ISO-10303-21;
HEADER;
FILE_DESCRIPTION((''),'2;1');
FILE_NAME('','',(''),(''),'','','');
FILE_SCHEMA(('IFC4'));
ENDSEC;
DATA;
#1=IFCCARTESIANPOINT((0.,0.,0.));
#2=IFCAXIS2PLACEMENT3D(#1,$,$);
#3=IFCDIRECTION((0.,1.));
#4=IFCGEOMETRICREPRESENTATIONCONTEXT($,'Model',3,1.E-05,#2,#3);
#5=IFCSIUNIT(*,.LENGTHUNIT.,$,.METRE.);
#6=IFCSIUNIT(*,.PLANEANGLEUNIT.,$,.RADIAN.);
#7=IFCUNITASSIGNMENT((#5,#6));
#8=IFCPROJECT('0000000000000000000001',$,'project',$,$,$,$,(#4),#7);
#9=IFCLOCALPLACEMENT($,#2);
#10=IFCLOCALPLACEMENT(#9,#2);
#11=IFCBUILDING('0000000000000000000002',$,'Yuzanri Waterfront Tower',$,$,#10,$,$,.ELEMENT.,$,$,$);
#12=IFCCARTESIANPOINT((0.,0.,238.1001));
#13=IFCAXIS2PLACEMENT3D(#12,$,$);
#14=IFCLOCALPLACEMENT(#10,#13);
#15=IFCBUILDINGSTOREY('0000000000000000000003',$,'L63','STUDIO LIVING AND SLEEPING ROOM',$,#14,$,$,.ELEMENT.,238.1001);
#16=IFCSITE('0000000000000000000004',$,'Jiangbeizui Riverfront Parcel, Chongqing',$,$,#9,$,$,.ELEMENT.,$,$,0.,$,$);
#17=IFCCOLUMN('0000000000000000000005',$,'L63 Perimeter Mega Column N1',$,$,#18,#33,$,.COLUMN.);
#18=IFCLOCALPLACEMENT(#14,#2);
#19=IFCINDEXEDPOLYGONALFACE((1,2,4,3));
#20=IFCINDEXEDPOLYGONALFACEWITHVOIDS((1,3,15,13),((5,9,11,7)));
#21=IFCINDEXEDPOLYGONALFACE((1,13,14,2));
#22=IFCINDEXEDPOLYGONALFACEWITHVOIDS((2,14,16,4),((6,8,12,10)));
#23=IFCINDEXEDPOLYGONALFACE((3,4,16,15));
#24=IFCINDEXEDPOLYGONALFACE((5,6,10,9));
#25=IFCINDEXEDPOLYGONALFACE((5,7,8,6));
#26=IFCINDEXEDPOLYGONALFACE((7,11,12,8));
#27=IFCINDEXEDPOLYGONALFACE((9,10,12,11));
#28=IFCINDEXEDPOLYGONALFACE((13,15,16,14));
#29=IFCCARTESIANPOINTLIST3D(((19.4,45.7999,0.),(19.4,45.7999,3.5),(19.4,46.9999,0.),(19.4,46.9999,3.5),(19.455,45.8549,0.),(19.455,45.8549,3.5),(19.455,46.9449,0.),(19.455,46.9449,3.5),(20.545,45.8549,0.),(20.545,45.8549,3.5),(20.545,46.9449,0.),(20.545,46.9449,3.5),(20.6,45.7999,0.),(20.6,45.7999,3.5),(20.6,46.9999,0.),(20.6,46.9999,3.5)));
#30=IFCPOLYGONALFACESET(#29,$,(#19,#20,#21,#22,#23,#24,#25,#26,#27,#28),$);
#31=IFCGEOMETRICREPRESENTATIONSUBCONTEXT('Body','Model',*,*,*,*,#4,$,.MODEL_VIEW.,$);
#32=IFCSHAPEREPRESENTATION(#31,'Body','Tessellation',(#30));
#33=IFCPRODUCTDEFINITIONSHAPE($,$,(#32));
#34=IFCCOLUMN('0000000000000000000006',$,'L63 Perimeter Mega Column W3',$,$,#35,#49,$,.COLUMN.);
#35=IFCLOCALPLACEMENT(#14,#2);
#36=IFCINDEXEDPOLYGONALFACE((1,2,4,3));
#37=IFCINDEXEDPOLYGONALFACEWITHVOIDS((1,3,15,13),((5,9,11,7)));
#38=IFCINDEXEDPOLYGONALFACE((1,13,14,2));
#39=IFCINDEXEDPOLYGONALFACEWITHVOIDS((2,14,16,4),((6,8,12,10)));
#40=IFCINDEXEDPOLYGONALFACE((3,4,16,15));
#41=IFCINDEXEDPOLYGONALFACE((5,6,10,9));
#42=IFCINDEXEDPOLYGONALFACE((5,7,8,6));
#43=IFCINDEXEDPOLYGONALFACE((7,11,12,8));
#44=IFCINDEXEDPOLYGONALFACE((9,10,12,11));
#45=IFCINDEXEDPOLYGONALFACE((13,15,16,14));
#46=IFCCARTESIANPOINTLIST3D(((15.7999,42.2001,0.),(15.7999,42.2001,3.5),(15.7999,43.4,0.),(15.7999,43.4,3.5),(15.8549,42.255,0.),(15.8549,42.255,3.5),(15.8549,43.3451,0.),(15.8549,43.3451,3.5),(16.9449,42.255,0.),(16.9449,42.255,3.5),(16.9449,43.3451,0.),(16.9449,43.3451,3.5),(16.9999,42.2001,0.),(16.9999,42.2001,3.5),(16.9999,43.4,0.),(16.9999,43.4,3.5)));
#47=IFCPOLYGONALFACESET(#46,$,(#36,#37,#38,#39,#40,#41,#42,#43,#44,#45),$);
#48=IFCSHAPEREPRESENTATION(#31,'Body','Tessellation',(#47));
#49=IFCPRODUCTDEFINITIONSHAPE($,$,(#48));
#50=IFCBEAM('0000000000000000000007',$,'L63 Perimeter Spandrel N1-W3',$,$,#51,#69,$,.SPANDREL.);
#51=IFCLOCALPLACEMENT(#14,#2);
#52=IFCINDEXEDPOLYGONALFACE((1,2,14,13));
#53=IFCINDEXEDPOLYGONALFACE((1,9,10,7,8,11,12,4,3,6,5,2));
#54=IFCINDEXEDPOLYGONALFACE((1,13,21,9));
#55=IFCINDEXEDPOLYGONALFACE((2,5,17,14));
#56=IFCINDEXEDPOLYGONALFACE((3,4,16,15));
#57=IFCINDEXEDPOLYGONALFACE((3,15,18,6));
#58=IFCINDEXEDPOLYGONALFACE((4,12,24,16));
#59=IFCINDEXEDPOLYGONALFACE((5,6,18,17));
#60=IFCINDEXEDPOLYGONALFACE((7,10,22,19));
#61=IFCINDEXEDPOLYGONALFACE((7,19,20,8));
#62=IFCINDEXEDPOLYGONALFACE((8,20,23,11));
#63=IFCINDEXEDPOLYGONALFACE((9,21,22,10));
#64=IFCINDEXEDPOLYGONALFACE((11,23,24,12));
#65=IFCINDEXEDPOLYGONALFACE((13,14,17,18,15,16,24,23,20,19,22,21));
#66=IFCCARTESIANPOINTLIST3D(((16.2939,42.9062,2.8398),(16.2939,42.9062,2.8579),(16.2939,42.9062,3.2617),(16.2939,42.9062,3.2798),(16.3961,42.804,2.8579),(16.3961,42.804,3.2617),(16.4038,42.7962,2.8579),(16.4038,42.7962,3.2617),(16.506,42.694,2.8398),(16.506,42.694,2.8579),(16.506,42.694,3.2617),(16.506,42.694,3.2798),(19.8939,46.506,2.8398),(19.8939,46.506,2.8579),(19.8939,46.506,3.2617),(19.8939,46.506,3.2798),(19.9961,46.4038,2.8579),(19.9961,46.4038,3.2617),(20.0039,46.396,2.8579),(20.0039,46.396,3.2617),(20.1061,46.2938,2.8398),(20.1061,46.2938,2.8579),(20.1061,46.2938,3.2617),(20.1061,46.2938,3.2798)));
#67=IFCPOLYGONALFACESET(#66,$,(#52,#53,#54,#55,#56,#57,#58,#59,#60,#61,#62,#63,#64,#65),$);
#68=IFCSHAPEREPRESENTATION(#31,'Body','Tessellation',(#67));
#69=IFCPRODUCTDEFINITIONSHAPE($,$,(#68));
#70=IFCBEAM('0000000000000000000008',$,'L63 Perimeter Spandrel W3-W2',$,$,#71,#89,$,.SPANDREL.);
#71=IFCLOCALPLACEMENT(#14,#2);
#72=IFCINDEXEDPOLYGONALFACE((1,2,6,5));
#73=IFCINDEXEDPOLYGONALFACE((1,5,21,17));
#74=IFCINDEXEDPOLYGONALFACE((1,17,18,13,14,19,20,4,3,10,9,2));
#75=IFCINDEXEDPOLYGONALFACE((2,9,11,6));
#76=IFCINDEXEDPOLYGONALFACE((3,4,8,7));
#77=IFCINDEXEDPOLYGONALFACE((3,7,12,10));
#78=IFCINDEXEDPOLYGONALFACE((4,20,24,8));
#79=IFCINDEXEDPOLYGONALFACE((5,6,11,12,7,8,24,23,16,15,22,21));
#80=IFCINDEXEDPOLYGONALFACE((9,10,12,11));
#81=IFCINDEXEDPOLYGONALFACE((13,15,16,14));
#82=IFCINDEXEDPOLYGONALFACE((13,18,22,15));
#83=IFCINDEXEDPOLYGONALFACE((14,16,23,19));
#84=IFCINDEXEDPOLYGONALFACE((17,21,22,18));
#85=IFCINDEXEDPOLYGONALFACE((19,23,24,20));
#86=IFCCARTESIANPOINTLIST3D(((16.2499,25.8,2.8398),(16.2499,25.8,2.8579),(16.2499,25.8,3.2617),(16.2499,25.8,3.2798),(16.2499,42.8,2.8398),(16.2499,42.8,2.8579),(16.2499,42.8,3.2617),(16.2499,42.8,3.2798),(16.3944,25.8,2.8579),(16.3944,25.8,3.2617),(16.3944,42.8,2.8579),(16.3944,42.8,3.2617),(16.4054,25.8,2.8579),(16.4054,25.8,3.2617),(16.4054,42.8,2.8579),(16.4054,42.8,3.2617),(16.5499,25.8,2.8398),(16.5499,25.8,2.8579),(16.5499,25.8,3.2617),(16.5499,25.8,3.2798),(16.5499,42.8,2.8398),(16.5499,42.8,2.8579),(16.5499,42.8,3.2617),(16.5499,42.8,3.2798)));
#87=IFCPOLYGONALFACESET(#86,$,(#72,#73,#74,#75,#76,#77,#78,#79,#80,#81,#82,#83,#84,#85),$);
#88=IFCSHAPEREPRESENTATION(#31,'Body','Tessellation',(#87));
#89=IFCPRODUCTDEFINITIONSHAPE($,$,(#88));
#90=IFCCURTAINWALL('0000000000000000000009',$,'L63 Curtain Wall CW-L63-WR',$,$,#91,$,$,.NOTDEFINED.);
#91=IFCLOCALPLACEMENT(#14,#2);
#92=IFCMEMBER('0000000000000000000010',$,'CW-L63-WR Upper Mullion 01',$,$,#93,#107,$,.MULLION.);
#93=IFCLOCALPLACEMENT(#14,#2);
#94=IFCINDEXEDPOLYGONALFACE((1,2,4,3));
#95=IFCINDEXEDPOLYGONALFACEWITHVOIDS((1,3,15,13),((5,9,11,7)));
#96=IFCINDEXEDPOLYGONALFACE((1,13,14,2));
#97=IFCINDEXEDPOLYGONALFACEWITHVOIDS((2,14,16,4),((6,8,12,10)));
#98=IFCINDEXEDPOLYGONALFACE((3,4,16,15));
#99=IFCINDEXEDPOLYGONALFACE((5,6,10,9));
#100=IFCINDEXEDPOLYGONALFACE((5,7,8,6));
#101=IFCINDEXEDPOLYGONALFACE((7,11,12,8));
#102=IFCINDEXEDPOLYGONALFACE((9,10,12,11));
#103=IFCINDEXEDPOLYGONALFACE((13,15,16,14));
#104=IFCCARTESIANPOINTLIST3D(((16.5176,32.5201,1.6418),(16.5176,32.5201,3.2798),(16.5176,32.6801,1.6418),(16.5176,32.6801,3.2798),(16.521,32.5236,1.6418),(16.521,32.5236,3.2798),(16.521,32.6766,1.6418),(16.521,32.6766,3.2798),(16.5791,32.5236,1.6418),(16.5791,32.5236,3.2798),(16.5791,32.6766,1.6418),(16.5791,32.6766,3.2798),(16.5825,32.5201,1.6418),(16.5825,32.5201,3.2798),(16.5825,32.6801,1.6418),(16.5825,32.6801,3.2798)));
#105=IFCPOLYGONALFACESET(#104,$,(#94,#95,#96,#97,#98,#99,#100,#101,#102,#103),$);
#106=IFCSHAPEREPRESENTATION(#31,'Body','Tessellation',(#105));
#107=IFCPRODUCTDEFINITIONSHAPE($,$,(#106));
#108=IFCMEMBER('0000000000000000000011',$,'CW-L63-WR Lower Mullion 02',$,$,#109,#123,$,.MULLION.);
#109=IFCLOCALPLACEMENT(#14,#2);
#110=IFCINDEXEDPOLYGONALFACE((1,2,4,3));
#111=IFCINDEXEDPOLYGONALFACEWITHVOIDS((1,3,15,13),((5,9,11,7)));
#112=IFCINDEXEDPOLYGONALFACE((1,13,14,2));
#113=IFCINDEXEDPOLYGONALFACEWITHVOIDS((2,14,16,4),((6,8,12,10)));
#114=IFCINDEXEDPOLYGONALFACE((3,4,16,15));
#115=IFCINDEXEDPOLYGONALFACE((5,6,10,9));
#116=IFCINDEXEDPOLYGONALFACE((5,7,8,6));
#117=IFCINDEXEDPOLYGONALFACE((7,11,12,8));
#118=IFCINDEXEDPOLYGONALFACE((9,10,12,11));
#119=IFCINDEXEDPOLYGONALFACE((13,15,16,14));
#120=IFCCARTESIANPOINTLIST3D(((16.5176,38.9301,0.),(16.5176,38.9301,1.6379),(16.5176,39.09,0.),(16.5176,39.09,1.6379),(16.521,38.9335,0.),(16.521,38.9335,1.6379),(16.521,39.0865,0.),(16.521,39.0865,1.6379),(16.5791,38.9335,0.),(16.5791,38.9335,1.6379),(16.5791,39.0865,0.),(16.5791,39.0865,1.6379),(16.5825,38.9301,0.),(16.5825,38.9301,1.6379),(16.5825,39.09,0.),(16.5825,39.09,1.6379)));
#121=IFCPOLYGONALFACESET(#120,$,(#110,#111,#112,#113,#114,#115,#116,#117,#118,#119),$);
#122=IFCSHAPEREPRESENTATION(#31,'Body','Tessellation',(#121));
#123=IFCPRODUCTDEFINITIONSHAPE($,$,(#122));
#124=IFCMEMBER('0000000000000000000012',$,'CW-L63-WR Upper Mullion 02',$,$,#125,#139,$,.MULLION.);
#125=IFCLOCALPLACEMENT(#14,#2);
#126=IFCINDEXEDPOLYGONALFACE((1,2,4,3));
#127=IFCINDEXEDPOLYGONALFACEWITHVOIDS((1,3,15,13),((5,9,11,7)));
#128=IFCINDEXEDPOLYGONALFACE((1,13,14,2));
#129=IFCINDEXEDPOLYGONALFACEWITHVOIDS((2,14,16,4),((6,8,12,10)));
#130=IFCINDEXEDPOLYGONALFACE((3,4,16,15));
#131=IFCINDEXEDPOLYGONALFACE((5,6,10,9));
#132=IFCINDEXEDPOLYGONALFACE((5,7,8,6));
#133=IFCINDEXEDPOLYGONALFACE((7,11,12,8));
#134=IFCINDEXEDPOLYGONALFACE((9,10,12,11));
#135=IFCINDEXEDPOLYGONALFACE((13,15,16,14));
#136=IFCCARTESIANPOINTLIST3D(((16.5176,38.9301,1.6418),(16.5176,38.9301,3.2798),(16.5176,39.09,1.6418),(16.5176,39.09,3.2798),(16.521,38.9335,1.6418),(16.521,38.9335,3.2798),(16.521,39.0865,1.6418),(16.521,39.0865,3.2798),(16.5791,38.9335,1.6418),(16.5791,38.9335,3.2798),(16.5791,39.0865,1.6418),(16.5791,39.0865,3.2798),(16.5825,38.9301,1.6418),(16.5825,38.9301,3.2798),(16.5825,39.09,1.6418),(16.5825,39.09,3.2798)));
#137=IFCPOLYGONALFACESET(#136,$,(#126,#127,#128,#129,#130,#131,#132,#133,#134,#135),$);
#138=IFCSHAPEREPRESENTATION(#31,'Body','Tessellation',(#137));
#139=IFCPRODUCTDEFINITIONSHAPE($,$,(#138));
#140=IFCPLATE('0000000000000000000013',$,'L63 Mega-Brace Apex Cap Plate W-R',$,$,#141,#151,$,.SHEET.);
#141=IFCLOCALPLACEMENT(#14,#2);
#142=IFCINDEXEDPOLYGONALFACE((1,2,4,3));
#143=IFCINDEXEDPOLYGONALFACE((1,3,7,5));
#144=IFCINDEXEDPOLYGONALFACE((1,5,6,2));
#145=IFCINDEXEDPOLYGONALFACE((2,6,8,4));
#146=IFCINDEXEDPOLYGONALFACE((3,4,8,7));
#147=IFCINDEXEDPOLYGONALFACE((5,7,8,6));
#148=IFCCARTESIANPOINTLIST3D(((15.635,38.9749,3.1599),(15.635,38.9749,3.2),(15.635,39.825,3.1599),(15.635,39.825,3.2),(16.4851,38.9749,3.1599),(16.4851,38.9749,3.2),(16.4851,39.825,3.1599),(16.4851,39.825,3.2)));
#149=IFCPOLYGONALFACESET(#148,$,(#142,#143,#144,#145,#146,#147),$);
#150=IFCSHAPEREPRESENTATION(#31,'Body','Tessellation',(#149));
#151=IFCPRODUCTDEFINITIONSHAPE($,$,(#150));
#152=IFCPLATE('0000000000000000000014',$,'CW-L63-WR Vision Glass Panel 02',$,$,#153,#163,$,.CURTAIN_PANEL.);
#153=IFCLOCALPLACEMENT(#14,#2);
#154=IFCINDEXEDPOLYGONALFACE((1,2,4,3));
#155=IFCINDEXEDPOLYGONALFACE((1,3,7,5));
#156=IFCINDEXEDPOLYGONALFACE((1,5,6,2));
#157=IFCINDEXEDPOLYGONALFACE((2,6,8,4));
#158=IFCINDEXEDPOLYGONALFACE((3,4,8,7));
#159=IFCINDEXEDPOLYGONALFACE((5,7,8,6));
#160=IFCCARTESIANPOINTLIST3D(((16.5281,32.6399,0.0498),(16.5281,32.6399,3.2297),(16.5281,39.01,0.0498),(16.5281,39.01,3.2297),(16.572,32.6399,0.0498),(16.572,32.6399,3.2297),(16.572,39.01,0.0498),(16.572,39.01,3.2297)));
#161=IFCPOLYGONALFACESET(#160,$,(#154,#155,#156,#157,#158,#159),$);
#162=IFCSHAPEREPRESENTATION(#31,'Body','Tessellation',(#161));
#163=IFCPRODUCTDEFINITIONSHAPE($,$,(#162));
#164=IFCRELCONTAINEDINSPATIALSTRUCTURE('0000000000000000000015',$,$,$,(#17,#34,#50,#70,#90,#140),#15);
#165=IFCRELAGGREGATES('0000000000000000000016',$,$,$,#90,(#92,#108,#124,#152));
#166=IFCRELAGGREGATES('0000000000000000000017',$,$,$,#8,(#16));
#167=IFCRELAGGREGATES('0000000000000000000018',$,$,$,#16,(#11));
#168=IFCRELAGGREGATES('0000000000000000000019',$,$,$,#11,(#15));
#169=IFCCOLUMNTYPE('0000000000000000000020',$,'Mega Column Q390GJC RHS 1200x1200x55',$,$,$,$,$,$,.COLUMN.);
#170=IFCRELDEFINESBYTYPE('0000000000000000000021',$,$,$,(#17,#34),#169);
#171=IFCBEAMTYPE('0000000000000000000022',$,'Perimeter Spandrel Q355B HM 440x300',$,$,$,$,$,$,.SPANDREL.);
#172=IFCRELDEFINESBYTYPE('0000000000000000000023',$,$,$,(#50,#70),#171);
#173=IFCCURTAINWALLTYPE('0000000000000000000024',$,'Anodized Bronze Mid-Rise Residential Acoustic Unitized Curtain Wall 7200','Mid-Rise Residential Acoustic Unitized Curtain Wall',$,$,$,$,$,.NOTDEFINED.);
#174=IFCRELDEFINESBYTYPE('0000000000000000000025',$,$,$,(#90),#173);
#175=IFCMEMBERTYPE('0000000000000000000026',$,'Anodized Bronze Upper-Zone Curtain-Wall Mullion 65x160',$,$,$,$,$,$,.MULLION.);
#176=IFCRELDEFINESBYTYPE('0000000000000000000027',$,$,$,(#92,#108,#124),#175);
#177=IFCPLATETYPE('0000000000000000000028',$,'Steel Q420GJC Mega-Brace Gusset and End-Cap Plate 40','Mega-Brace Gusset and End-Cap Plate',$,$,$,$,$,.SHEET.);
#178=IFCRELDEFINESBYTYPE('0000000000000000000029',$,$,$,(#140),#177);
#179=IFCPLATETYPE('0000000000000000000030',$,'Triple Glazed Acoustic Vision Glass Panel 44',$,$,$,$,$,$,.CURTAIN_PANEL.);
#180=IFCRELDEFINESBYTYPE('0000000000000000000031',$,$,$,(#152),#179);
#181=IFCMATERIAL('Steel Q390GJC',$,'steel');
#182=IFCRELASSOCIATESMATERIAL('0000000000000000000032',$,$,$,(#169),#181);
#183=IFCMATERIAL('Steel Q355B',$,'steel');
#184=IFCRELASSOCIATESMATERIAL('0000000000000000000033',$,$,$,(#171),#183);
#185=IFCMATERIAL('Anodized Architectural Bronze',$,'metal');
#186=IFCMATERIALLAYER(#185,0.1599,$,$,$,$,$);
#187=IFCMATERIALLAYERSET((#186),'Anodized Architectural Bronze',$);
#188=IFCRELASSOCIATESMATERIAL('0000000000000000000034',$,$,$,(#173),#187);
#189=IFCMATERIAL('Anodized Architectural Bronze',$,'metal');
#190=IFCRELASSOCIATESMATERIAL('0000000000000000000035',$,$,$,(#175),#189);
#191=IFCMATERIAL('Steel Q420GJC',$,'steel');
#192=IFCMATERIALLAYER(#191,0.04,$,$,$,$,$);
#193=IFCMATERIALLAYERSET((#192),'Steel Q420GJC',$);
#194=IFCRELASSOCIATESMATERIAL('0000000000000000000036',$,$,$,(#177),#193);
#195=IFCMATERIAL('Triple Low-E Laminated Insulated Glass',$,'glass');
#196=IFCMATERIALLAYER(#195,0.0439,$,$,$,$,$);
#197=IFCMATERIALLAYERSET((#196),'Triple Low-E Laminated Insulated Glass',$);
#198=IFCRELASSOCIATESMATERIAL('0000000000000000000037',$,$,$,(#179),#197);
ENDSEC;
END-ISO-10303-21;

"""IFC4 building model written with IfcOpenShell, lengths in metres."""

from ifc_helpers import new_model, si_unit, direction, frame, origin, origin_2d, place, context, subcontext, project, spatial, rectangle, hollow_rectangle, i_section, extrude, source, transform, mapped, material, layer, layer_set, material_profile, profile_set, type_object, element, aggregate, save


model = new_model("IFC4")

# Units and contexts
model_context = context("Model", 3, precision=1e-05, world=origin(), true_north=direction((0.0, 1.0)))
body_context = subcontext(model_context, "Body", "Model", "MODEL_VIEW")
ifc_project = project(units=[si_unit("LENGTHUNIT", "METRE"), si_unit("PLANEANGLEUNIT", "RADIAN")], contexts=[model_context])

# Site, building, storey
site_placement = place(None, origin())
site = spatial("IfcSite", under=ifc_project, at=site_placement, Name="Jiangbeizui Riverfront Parcel, Chongqing", CompositionType="ELEMENT", RefElevation=0.0)
building_placement = place(site_placement, origin())
building = spatial("IfcBuilding", under=site, at=building_placement, Name="Yuzanri Waterfront Tower", CompositionType="ELEMENT")
storey_placement = place(building_placement, frame((0.0, 0.0, 238.1001)))
storey = spatial("IfcBuildingStorey", under=building, at=storey_placement, Name="L63", Description="STUDIO LIVING AND SLEEPING ROOM", CompositionType="ELEMENT", Elevation=238.1001)

# Columns
ifc_material_1 = material(Name="Steel Q390GJC", Category="steel")
ifc_material_profile_1 = material_profile(ifc_material_1, hollow_rectangle(XDim=1.2, YDim=1.2, WallThickness=0.0549, at=origin_2d()), Name="RHS 1200x1200x55")
ifc_profile_set_1 = profile_set([ifc_material_profile_1], Name="Steel Q390GJC")
column_type = type_object("IfcColumnType", Name="Mega Column Q390GJC RHS 1200x1200x55", PredefinedType="COLUMN", material=ifc_profile_set_1)
shared_shape_1 = source(origin(), body_context, "Body", "SweptSolid", [
    extrude(hollow_rectangle(XDim=1.2, YDim=1.2, WallThickness=0.0549, at=origin_2d()), origin(), (0.0, 0.0, 1.0), 3.5),
])
for number, where, z_axis, x_axis, name in (
    (1, (20.0, 46.3999, 0.0), (0.0, 0.0, 1.0), (1.0, 0.0, 0.0), "L63 Perimeter Mega Column N1"),
    (2, (16.3999, 42.8, 0.0), (0.0, 0.0, 1.0), (1.0, 0.0, 0.0), "L63 Perimeter Mega Column W3"),
):
    element("IfcColumn", number, at=place(storey_placement, frame(where, z_axis=z_axis, x_axis=x_axis)), inside=storey, type_object=column_type, Name=name, PredefinedType="COLUMN", context=body_context, shape_type="MappedRepresentation", body=[
        mapped(shared_shape_1, transform((0.0, 0.0, 0.0), scale=1.0)),
    ])

# Beams
ifc_material_2 = material(Name="Steel Q355B", Category="steel")
ifc_material_profile_2 = material_profile(ifc_material_2, i_section(OverallWidth=0.3, OverallDepth=0.4399, WebThickness=0.011, FlangeThickness=0.0181, at=origin_2d()), Name="HM 440x300x11x18")
ifc_profile_set_2 = profile_set([ifc_material_profile_2], Name="Steel Q355B")
beam_type = type_object("IfcBeamType", Name="Perimeter Spandrel Q355B HM 440x300", PredefinedType="SPANDREL", material=ifc_profile_set_2)
shared_shape_2 = source(origin(), body_context, "Body", "SweptSolid", [
    extrude(i_section(OverallWidth=0.3, OverallDepth=0.4399, WebThickness=0.011, FlangeThickness=0.0181, at=origin_2d()), origin(), (0.0, 0.0, 1.0), 5.0911),
])
beam_1_placement = place(storey_placement, frame((20.0, 46.3999, 3.0598), z_axis=(-0.707131, -0.707083, 0.0), x_axis=(0.707083, -0.707131, 0.0)))
element("IfcBeam", 3, at=beam_1_placement, inside=storey, type_object=beam_type, Name="L63 Perimeter Spandrel N1-W3", PredefinedType="SPANDREL", context=body_context, shape_type="MappedRepresentation", body=[
    mapped(shared_shape_2, transform((0.0, 0.0, 0.0), scale=1.0)),
])
shared_shape_3 = source(origin(), body_context, "Body", "SweptSolid", [
    extrude(i_section(OverallWidth=0.3, OverallDepth=0.4399, WebThickness=0.011, FlangeThickness=0.0181, at=origin_2d()), origin(), (0.0, 0.0, 1.0), 17.0),
])
beam_2_placement = place(storey_placement, frame((16.3999, 42.8, 3.0598), z_axis=(0.0, -1.0, 0.0), x_axis=(1.0, 0.0, 0.0)))
element("IfcBeam", 4, at=beam_2_placement, inside=storey, type_object=beam_type, Name="L63 Perimeter Spandrel W3-W2", PredefinedType="SPANDREL", context=body_context, shape_type="MappedRepresentation", body=[
    mapped(shared_shape_3, transform((0.0, 0.0, 0.0), scale=1.0)),
])

# Curtain wall, members
ifc_material_3 = material(Name="Anodized Architectural Bronze", Category="metal")
ifc_layer_1 = layer(ifc_material_3, 0.1599)
ifc_layer_set_1 = layer_set([ifc_layer_1], Name="Anodized Architectural Bronze")
curtain_wall_type = type_object("IfcCurtainWallType", Name="Anodized Bronze Mid-Rise Residential Acoustic Unitized Curtain Wall 7200", Description="Mid-Rise Residential Acoustic Unitized Curtain Wall", PredefinedType="NOTDEFINED", material=ifc_layer_set_1)
curtain_wall_placement = place(storey_placement, origin())
curtain_wall = element("IfcCurtainWall", 5, at=curtain_wall_placement, inside=storey, type_object=curtain_wall_type, Name="L63 Curtain Wall CW-L63-WR", PredefinedType="NOTDEFINED")
ifc_material_4 = material(Name="Anodized Architectural Bronze", Category="metal")
ifc_material_profile_3 = material_profile(ifc_material_4, hollow_rectangle(XDim=0.0649, YDim=0.1599, WallThickness=0.0034, at=origin_2d()), Name="CWM 65x160")
ifc_profile_set_3 = profile_set([ifc_material_profile_3], Name="Anodized Architectural Bronze")
member_type = type_object("IfcMemberType", Name="Anodized Bronze Upper-Zone Curtain-Wall Mullion 65x160", PredefinedType="MULLION", material=ifc_profile_set_3)
shared_shape_4 = source(origin(), body_context, "Body", "SweptSolid", [
    extrude(hollow_rectangle(XDim=0.0649, YDim=0.1599, WallThickness=0.0034, at=origin_2d()), origin(), (0.0, 0.0, 1.0), 1.6379),
])
member_1_placement = place(storey_placement, frame((16.55, 32.6001, 1.6418), z_axis=(0.0, 0.0, 1.0), x_axis=(1.0, 0.0, 0.0)))
member_1 = element("IfcMember", 6, at=member_1_placement, type_object=member_type, Name="CW-L63-WR Upper Mullion 01", PredefinedType="MULLION", context=body_context, shape_type="MappedRepresentation", body=[
    mapped(shared_shape_4, transform((0.0, 0.0, 0.0), scale=1.0)),
])
member_2_placement = place(storey_placement, frame((16.55, 39.01, 0.0), z_axis=(0.0, 0.0, 1.0), x_axis=(1.0, 0.0, 0.0)))
member_2 = element("IfcMember", 7, at=member_2_placement, type_object=member_type, Name="CW-L63-WR Lower Mullion 02", PredefinedType="MULLION", context=body_context, shape_type="MappedRepresentation", body=[
    mapped(shared_shape_4, transform((0.0, 0.0, 0.0), scale=1.0)),
])
member_3_placement = place(storey_placement, frame((16.55, 39.01, 1.6418), z_axis=(0.0, 0.0, 1.0), x_axis=(1.0, 0.0, 0.0)))
member_3 = element("IfcMember", 8, at=member_3_placement, type_object=member_type, Name="CW-L63-WR Upper Mullion 02", PredefinedType="MULLION", context=body_context, shape_type="MappedRepresentation", body=[
    mapped(shared_shape_4, transform((0.0, 0.0, 0.0), scale=1.0)),
])

# Plates
ifc_material_5 = material(Name="Steel Q420GJC", Category="steel")
ifc_layer_2 = layer(ifc_material_5, 0.04)
ifc_layer_set_2 = layer_set([ifc_layer_2], Name="Steel Q420GJC")
plate_type_1 = type_object("IfcPlateType", Name="Steel Q420GJC Mega-Brace Gusset and End-Cap Plate 40", Description="Mega-Brace Gusset and End-Cap Plate", PredefinedType="SHEET", material=ifc_layer_set_2)
shared_shape_5 = source(origin(), body_context, "Body", "SweptSolid", [
    extrude(rectangle(XDim=0.8501, YDim=0.8501, at=origin_2d()), origin(), (0.0, 0.0, 1.0), 0.04),
])
plate_1_placement = place(storey_placement, frame((16.0601, 39.3999, 3.1599), z_axis=(0.0, 0.0, 1.0), x_axis=(1.0, 0.0, 0.0)))
element("IfcPlate", 9, at=plate_1_placement, inside=storey, type_object=plate_type_1, Name="L63 Mega-Brace Apex Cap Plate W-R", PredefinedType="SHEET", context=body_context, shape_type="MappedRepresentation", body=[
    mapped(shared_shape_5, transform((0.0, 0.0, 0.0), scale=1.0)),
])
ifc_material_6 = material(Name="Triple Low-E Laminated Insulated Glass", Category="glass")
ifc_layer_3 = layer(ifc_material_6, 0.0439)
ifc_layer_set_3 = layer_set([ifc_layer_3], Name="Triple Low-E Laminated Insulated Glass")
plate_type_2 = type_object("IfcPlateType", Name="Triple Glazed Acoustic Vision Glass Panel 44", PredefinedType="CURTAIN_PANEL", material=ifc_layer_set_3)
shared_shape_6 = source(origin(), body_context, "Body", "SweptSolid", [
    extrude(rectangle(XDim=6.3701, YDim=0.0439, at=origin_2d()), origin(), (0.0, 0.0, 1.0), 3.1799),
])
plate_2_placement = place(storey_placement, frame((16.55, 35.825, 0.0498), z_axis=(0.0, 0.0, 1.0), x_axis=(0.0, 1.0, 0.0)))
plate_2 = element("IfcPlate", 10, at=plate_2_placement, type_object=plate_type_2, Name="CW-L63-WR Vision Glass Panel 02", PredefinedType="CURTAIN_PANEL", context=body_context, shape_type="MappedRepresentation", body=[
    mapped(shared_shape_6, transform((0.0, 0.0, 0.0), scale=1.0)),
])
aggregate(curtain_wall, [member_1, member_2, member_3, plate_2])

save(model, "model.ifc")
